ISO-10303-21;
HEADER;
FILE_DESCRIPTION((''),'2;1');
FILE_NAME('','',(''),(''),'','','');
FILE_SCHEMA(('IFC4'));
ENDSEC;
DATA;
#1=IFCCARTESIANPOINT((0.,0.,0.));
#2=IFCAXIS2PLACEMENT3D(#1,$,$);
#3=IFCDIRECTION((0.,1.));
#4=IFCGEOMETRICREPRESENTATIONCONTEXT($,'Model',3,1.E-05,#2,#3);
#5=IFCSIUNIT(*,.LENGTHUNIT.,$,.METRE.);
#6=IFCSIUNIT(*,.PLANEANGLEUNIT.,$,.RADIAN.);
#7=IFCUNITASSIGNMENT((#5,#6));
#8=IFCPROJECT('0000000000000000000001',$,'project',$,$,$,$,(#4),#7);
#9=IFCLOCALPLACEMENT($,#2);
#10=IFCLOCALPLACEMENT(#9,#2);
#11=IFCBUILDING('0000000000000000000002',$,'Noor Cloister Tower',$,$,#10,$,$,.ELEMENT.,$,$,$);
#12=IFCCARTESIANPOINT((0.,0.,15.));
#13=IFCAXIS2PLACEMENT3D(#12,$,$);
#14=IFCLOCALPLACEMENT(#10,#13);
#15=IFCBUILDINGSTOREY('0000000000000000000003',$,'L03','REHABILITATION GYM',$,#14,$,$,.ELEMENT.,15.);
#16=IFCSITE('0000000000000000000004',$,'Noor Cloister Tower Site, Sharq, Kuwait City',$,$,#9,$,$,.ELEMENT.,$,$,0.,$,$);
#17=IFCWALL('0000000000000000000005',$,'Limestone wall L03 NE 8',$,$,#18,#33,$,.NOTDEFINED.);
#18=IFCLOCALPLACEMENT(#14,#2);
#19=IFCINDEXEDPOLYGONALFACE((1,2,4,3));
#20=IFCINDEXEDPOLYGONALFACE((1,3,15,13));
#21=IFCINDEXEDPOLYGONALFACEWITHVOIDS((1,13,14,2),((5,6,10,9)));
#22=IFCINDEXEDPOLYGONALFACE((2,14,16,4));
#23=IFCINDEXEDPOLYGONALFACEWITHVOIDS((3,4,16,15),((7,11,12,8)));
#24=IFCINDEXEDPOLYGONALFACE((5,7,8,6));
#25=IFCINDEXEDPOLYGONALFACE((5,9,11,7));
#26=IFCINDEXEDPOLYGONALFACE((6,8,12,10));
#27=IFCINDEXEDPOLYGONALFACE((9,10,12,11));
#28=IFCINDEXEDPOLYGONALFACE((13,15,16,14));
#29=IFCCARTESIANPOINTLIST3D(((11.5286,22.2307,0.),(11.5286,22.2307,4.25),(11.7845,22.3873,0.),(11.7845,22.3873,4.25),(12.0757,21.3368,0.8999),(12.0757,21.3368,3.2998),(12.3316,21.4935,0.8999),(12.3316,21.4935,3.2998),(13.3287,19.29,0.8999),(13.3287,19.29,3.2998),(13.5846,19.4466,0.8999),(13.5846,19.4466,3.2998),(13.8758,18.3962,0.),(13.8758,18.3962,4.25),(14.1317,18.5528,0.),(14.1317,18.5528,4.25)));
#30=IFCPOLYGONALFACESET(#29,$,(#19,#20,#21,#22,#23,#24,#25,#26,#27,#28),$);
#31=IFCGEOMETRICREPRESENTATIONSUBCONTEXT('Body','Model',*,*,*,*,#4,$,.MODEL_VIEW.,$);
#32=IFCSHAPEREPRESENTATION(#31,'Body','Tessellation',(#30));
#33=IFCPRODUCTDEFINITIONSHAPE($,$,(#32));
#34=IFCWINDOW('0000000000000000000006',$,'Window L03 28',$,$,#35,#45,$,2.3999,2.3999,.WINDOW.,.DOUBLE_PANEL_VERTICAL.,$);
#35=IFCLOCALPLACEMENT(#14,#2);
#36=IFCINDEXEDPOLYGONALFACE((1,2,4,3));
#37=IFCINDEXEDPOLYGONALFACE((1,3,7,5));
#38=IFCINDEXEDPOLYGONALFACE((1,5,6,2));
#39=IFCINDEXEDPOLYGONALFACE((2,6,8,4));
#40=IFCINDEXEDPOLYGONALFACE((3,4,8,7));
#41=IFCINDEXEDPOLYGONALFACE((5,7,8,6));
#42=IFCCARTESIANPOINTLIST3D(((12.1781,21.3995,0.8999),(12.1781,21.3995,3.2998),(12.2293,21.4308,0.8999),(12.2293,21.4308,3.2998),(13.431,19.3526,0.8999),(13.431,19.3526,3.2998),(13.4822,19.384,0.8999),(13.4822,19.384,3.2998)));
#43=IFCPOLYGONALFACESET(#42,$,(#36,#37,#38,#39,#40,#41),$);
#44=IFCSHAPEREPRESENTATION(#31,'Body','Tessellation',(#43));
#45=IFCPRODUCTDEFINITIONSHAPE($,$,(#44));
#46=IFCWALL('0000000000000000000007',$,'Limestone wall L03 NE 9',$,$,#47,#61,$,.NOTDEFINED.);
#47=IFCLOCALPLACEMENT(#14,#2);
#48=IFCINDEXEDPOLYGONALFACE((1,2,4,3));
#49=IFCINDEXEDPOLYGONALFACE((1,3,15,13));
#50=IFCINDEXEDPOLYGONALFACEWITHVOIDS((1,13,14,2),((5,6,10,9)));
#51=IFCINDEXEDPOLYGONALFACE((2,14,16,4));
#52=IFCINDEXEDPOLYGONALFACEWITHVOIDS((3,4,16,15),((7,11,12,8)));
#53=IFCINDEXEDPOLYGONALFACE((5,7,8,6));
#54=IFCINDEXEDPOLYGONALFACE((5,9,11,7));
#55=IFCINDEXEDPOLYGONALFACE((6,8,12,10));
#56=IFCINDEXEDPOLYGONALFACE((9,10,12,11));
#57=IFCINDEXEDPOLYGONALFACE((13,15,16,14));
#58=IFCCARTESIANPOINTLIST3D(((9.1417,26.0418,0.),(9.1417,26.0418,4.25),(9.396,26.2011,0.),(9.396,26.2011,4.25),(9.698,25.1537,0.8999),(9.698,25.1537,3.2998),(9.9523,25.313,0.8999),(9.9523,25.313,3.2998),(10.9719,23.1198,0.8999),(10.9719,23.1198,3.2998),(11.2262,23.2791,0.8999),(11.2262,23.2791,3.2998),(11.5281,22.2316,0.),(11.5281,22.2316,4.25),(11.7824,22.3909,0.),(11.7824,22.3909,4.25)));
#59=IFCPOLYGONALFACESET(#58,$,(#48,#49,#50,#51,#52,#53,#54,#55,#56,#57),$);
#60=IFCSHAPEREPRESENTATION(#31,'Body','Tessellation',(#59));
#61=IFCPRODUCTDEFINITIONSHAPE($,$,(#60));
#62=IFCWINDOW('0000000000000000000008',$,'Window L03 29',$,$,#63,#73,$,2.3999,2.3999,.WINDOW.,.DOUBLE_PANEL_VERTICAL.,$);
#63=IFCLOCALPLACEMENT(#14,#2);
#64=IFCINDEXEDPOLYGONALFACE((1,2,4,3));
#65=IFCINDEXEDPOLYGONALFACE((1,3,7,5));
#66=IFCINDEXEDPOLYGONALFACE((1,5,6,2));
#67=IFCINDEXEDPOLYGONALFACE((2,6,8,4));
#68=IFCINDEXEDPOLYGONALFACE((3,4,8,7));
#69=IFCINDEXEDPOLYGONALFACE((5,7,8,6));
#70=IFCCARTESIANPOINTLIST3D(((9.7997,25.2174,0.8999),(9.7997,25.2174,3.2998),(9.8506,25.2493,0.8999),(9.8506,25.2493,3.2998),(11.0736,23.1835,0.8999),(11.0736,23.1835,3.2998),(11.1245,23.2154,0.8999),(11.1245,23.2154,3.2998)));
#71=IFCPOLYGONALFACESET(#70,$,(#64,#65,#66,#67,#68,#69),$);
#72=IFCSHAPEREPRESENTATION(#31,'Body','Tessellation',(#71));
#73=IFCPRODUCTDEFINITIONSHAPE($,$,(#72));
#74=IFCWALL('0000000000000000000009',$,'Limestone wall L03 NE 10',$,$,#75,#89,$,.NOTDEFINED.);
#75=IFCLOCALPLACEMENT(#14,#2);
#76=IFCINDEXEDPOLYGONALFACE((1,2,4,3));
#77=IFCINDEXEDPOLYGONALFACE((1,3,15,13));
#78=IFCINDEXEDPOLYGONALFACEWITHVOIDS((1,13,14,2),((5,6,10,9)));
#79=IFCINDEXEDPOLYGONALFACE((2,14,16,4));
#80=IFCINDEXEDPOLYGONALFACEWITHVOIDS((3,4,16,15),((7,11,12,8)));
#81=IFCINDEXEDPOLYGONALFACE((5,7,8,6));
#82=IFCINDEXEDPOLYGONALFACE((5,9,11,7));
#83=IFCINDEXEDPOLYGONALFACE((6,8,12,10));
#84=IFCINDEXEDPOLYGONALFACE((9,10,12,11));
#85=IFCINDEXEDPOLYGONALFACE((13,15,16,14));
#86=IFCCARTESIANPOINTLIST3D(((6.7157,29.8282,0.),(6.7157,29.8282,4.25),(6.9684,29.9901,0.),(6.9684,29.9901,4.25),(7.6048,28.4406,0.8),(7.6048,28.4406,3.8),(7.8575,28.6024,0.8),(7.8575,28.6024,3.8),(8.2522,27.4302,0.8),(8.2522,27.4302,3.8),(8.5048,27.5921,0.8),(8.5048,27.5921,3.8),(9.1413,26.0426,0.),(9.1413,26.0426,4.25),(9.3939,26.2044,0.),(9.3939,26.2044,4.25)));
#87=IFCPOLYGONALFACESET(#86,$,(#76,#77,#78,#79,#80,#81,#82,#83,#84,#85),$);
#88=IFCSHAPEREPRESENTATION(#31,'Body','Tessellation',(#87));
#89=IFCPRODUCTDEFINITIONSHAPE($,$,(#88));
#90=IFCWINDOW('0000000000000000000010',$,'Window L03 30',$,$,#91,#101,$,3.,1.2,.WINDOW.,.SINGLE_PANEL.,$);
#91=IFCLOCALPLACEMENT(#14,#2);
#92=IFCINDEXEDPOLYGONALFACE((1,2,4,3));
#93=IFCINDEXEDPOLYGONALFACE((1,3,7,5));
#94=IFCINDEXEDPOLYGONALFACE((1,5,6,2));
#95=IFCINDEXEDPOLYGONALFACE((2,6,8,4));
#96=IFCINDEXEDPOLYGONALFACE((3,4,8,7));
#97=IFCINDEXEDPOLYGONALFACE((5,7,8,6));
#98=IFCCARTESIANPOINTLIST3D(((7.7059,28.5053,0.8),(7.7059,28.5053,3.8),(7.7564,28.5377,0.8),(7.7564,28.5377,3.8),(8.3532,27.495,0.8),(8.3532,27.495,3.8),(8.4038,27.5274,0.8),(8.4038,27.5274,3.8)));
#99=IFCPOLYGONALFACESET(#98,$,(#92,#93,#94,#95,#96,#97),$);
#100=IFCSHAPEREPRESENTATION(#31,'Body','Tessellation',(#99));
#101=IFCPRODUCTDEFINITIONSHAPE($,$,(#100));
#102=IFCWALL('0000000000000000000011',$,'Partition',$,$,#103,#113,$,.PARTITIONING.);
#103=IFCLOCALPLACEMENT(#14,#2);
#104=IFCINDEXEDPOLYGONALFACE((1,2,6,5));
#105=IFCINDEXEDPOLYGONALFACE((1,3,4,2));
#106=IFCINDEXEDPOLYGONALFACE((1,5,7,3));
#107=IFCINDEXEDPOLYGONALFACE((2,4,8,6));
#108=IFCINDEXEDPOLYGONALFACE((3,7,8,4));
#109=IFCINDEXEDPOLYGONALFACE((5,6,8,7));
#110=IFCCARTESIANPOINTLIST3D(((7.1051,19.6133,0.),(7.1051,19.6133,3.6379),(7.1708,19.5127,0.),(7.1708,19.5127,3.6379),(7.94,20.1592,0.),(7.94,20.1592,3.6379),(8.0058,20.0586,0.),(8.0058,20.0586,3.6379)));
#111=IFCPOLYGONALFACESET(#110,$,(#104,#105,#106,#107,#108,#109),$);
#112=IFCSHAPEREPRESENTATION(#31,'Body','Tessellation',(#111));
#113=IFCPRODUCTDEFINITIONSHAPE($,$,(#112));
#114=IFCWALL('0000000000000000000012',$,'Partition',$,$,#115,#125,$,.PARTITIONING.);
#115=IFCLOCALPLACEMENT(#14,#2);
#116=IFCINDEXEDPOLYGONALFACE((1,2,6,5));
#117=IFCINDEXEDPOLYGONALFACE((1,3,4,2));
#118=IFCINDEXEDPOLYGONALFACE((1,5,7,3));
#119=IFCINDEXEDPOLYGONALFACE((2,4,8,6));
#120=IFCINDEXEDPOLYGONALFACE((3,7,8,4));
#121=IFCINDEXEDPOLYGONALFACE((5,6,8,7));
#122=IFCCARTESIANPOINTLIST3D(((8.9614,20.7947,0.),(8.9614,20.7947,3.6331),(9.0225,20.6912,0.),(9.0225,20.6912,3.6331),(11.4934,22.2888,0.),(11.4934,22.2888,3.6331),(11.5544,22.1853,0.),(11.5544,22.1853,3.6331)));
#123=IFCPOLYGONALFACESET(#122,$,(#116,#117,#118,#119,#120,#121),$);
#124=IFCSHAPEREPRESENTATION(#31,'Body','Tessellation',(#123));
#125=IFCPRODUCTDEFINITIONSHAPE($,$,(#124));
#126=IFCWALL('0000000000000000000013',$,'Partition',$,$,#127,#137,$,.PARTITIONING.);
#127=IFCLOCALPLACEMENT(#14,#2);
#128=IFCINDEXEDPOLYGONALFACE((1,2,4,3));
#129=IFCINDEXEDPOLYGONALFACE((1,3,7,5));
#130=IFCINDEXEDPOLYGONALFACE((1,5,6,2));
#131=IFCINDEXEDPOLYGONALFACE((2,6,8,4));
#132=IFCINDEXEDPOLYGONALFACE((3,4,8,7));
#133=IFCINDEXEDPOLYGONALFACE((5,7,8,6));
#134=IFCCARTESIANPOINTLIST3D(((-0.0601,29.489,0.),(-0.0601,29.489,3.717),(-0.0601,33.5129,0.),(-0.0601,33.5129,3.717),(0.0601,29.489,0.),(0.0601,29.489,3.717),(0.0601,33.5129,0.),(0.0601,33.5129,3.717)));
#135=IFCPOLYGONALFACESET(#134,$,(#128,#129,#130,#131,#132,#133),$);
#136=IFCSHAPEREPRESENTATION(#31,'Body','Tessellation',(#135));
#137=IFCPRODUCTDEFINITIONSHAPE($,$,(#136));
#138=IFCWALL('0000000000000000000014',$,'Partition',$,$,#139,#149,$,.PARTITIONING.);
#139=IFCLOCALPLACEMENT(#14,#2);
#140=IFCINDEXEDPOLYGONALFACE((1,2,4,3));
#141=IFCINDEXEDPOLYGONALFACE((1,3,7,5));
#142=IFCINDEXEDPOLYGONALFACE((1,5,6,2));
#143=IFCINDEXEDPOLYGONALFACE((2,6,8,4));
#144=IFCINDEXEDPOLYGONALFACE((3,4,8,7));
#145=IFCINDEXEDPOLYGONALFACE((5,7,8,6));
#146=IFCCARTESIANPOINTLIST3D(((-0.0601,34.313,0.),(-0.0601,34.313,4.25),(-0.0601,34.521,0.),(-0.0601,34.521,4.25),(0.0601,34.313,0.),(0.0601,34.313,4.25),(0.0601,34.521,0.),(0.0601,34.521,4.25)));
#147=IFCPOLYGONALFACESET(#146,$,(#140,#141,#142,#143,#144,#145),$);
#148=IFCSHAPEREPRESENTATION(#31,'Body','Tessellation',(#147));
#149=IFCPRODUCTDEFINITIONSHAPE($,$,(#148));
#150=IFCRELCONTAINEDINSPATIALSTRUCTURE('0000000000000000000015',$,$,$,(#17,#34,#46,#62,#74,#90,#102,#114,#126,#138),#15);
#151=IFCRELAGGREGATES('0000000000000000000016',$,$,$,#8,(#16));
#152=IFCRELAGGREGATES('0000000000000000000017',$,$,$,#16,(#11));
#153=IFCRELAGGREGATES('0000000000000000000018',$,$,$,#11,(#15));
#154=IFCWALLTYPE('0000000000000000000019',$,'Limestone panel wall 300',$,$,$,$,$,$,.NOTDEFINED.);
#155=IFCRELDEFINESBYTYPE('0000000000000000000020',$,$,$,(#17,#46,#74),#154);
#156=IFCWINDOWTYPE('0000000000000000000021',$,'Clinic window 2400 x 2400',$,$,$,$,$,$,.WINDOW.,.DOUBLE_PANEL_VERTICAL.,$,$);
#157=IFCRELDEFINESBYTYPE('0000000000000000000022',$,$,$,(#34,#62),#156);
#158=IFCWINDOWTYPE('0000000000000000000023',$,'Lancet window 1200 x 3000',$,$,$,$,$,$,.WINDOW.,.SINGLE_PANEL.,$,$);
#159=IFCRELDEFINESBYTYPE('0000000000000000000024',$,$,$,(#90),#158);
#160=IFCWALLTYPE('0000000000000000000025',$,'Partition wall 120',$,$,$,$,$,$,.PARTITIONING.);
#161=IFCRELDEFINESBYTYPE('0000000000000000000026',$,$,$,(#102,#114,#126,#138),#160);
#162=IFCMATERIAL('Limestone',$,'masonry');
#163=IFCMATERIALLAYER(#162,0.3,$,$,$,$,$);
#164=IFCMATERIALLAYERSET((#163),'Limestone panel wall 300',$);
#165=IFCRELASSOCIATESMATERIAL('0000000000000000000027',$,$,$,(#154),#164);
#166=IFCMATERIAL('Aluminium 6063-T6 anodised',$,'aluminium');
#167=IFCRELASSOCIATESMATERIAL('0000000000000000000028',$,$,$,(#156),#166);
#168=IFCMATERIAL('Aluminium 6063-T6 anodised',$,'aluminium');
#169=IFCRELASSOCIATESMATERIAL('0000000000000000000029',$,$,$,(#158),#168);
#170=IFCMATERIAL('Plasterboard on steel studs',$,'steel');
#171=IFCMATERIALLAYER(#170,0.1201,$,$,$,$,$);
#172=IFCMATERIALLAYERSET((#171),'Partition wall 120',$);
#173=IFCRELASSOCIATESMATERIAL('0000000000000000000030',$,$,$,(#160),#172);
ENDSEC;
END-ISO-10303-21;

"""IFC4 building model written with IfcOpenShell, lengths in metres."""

from ifc_helpers import new_model, si_unit, direction, frame, frame_2d, origin, place, context, subcontext, project, spatial, rectangle, extrude, material, layer, layer_set, type_object, element, fill, save


model = new_model("IFC4")

# Units and contexts
model_context = context("Model", 3, precision=1e-05, world=origin(), true_north=direction((0.0, 1.0)))
body_context = subcontext(model_context, "Body", "Model", "MODEL_VIEW")
ifc_project = project(units=[si_unit("LENGTHUNIT", "METRE"), si_unit("PLANEANGLEUNIT", "RADIAN")], contexts=[model_context])

# Site, building, storey
site_placement = place(None, origin())
site = spatial("IfcSite", under=ifc_project, at=site_placement, Name="Noor Cloister Tower Site, Sharq, Kuwait City", CompositionType="ELEMENT", RefElevation=0.0)
building_placement = place(site_placement, origin())
building = spatial("IfcBuilding", under=site, at=building_placement, Name="Noor Cloister Tower", CompositionType="ELEMENT")
storey_placement = place(building_placement, frame((0.0, 0.0, 15.0)))
storey = spatial("IfcBuildingStorey", under=building, at=storey_placement, Name="L03", Description="REHABILITATION GYM", CompositionType="ELEMENT", Elevation=15.0)

# Walls, openings, windows
ifc_material_1 = material(Name="Limestone", Category="masonry")
ifc_layer_1 = layer(ifc_material_1, 0.3)
ifc_layer_set_1 = layer_set([ifc_layer_1], Name="Limestone panel wall 300")
wall_type_1 = type_object("IfcWallType", Name="Limestone panel wall 300", PredefinedType="NOTDEFINED", material=ifc_layer_set_1)
wall_1_placement = place(storey_placement, frame((11.6565, 22.3091, 0.0), z_axis=(0.0, 0.0, 1.0), x_axis=(0.522078, -0.852898, 0.0)))
wall_1 = element("IfcWall", 1, at=wall_1_placement, inside=storey, type_object=wall_type_1, Name="Limestone wall L03 NE 8", PredefinedType="NOTDEFINED", context=body_context, shape_type="SweptSolid", body=[
    extrude(rectangle(XDim=4.4958, YDim=0.3, at=frame_2d((2.248, 0.0))), origin(), (0.0, 0.0, 1.0), 4.25),
])
opening_1_placement = place(wall_1_placement, frame((1.0481, 0.0, 0.8999)))
opening_1 = element("IfcOpeningElement", 2, at=opening_1_placement, cuts=wall_1, PredefinedType="OPENING", context=body_context, shape_type="SweptSolid", body=[
    extrude(rectangle(XDim=2.3999, YDim=2.3999, at=frame_2d((1.2, 1.2))), frame((0.0, 0.1602, 0.0), z_axis=(0.0, -1.0, 0.0), x_axis=(1.0, 0.0, 0.0)), (0.0, 0.0, 1.0), 0.3201),
])
ifc_material_2 = material(Name="Aluminium 6063-T6 anodised", Category="aluminium")
window_type_1 = type_object("IfcWindowType", Name="Clinic window 2400 x 2400", PartitioningType="DOUBLE_PANEL_VERTICAL", PredefinedType="WINDOW", material=ifc_material_2)
window_1_placement = place(opening_1_placement, origin())
window_1 = element("IfcWindow", 3, at=window_1_placement, inside=storey, type_object=window_type_1, Name="Window L03 28", OverallHeight=2.3999, OverallWidth=2.3999, PartitioningType="DOUBLE_PANEL_VERTICAL", PredefinedType="WINDOW", context=body_context, shape_type="SweptSolid", body=[
    extrude(rectangle(XDim=2.3999, YDim=2.3999, at=frame_2d((1.2, 1.2))), frame((0.0, 0.03, 0.0), z_axis=(0.0, -1.0, 0.0), x_axis=(1.0, 0.0, 0.0)), (0.0, 0.0, 1.0), 0.0601),
])
fill(opening_1, window_1)
wall_2_placement = place(storey_placement, frame((9.2688, 26.1216, 0.0), z_axis=(0.0, 0.0, 1.0), x_axis=(0.530804, -0.847495, 0.0)))
wall_2 = element("IfcWall", 4, at=wall_2_placement, inside=storey, type_object=wall_type_1, Name="Limestone wall L03 NE 9", PredefinedType="NOTDEFINED", context=body_context, shape_type="SweptSolid", body=[
    extrude(rectangle(XDim=4.4958, YDim=0.3, at=frame_2d((2.248, 0.0))), origin(), (0.0, 0.0, 1.0), 4.25),
])
opening_2_placement = place(wall_2_placement, frame((1.0481, 0.0, 0.8999)))
opening_2 = element("IfcOpeningElement", 5, at=opening_2_placement, cuts=wall_2, PredefinedType="OPENING", context=body_context, shape_type="SweptSolid", body=[
    extrude(rectangle(XDim=2.3999, YDim=2.3999, at=frame_2d((1.2, 1.2))), frame((0.0, 0.1602, 0.0), z_axis=(0.0, -1.0, 0.0), x_axis=(1.0, 0.0, 0.0)), (0.0, 0.0, 1.0), 0.3201),
])
window_2_placement = place(opening_2_placement, origin())
window_2 = element("IfcWindow", 6, at=window_2_placement, inside=storey, type_object=window_type_1, Name="Window L03 29", OverallHeight=2.3999, OverallWidth=2.3999, PartitioningType="DOUBLE_PANEL_VERTICAL", PredefinedType="WINDOW", context=body_context, shape_type="SweptSolid", body=[
    extrude(rectangle(XDim=2.3999, YDim=2.3999, at=frame_2d((1.2, 1.2))), frame((0.0, 0.03, 0.0), z_axis=(0.0, -1.0, 0.0), x_axis=(1.0, 0.0, 0.0)), (0.0, 0.0, 1.0), 0.0601),
])
fill(opening_2, window_2)
wall_3_placement = place(storey_placement, frame((6.842, 29.9092, 0.0), z_axis=(0.0, 0.0, 1.0), x_axis=(0.539484, -0.841996, 0.0)))
wall_3 = element("IfcWall", 7, at=wall_3_placement, inside=storey, type_object=wall_type_1, Name="Limestone wall L03 NE 10", PredefinedType="NOTDEFINED", context=body_context, shape_type="SweptSolid", body=[
    extrude(rectangle(XDim=4.4961, YDim=0.3, at=frame_2d((2.248, 0.0))), origin(), (0.0, 0.0, 1.0), 4.25),
])
opening_3_placement = place(wall_3_placement, frame((1.6479, 0.0, 0.8)))
opening_3 = element("IfcOpeningElement", 8, at=opening_3_placement, cuts=wall_3, PredefinedType="OPENING", context=body_context, shape_type="SweptSolid", body=[
    extrude(rectangle(XDim=1.2, YDim=3.0, at=frame_2d((0.6001, 1.5))), frame((0.0, 0.1602, 0.0), z_axis=(0.0, -1.0, 0.0), x_axis=(1.0, 0.0, 0.0)), (0.0, 0.0, 1.0), 0.3201),
])
ifc_material_3 = material(Name="Aluminium 6063-T6 anodised", Category="aluminium")
window_type_2 = type_object("IfcWindowType", Name="Lancet window 1200 x 3000", PartitioningType="SINGLE_PANEL", PredefinedType="WINDOW", material=ifc_material_3)
window_3_placement = place(opening_3_placement, origin())
window_3 = element("IfcWindow", 9, at=window_3_placement, inside=storey, type_object=window_type_2, Name="Window L03 30", OverallHeight=3.0, OverallWidth=1.2, PartitioningType="SINGLE_PANEL", PredefinedType="WINDOW", context=body_context, shape_type="SweptSolid", body=[
    extrude(rectangle(XDim=1.2, YDim=3.0, at=frame_2d((0.6001, 1.5))), frame((0.0, 0.03, 0.0), z_axis=(0.0, -1.0, 0.0), x_axis=(1.0, 0.0, 0.0)), (0.0, 0.0, 1.0), 0.0601),
])
fill(opening_3, window_3)

# Walls
ifc_material_4 = material(Name="Plasterboard on steel studs", Category="steel")
ifc_layer_2 = layer(ifc_material_4, 0.1201)
ifc_layer_set_2 = layer_set([ifc_layer_2], Name="Partition wall 120")
wall_type_2 = type_object("IfcWallType", Name="Partition wall 120", PredefinedType="PARTITIONING", material=ifc_layer_set_2)
wall_4_placement = place(storey_placement, frame((7.9729, 20.1089, 0.0), z_axis=(0.0, 0.0, 1.0), x_axis=(-0.836987, -0.547223, 0.0)))
element("IfcWall", 10, at=wall_4_placement, inside=storey, type_object=wall_type_2, Name="Partition", PredefinedType="PARTITIONING", context=body_context, shape_type="SweptSolid", body=[
    extrude(rectangle(XDim=0.9976, YDim=0.1201, at=frame_2d((0.4988, 0.0))), origin(), (0.0, 0.0, 1.0), 3.6379),
])
wall_5_placement = place(storey_placement, frame((11.5239, 22.2371, 0.0), z_axis=(0.0, 0.0, 1.0), x_axis=(-0.861229, -0.508217, 0.0)))
element("IfcWall", 11, at=wall_5_placement, inside=storey, type_object=wall_type_2, Name="Partition", PredefinedType="PARTITIONING", context=body_context, shape_type="SweptSolid", body=[
    extrude(rectangle(XDim=2.9399, YDim=0.1201, at=frame_2d((1.47, 0.0))), origin(), (0.0, 0.0, 1.0), 3.6331),
])
wall_6_placement = place(storey_placement, frame((0.0, 29.489, 0.0), z_axis=(0.0, 0.0, 1.0), x_axis=(0.0, 1.0, 0.0)))
element("IfcWall", 12, at=wall_6_placement, inside=storey, type_object=wall_type_2, Name="Partition", PredefinedType="PARTITIONING", context=body_context, shape_type="SweptSolid", body=[
    extrude(rectangle(XDim=4.0239, YDim=0.1201, at=frame_2d((2.012, 0.0))), origin(), (0.0, 0.0, 1.0), 3.717),
])
wall_7_placement = place(storey_placement, frame((0.0, 34.313, 0.0), z_axis=(0.0, 0.0, 1.0), x_axis=(0.0, 1.0, 0.0)))
element("IfcWall", 13, at=wall_7_placement, inside=storey, type_object=wall_type_2, Name="Partition", PredefinedType="PARTITIONING", context=body_context, shape_type="SweptSolid", body=[
    extrude(rectangle(XDim=0.208, YDim=0.1201, at=frame_2d((0.104, 0.0))), origin(), (0.0, 0.0, 1.0), 4.25),
])

save(model, "model.ifc")
